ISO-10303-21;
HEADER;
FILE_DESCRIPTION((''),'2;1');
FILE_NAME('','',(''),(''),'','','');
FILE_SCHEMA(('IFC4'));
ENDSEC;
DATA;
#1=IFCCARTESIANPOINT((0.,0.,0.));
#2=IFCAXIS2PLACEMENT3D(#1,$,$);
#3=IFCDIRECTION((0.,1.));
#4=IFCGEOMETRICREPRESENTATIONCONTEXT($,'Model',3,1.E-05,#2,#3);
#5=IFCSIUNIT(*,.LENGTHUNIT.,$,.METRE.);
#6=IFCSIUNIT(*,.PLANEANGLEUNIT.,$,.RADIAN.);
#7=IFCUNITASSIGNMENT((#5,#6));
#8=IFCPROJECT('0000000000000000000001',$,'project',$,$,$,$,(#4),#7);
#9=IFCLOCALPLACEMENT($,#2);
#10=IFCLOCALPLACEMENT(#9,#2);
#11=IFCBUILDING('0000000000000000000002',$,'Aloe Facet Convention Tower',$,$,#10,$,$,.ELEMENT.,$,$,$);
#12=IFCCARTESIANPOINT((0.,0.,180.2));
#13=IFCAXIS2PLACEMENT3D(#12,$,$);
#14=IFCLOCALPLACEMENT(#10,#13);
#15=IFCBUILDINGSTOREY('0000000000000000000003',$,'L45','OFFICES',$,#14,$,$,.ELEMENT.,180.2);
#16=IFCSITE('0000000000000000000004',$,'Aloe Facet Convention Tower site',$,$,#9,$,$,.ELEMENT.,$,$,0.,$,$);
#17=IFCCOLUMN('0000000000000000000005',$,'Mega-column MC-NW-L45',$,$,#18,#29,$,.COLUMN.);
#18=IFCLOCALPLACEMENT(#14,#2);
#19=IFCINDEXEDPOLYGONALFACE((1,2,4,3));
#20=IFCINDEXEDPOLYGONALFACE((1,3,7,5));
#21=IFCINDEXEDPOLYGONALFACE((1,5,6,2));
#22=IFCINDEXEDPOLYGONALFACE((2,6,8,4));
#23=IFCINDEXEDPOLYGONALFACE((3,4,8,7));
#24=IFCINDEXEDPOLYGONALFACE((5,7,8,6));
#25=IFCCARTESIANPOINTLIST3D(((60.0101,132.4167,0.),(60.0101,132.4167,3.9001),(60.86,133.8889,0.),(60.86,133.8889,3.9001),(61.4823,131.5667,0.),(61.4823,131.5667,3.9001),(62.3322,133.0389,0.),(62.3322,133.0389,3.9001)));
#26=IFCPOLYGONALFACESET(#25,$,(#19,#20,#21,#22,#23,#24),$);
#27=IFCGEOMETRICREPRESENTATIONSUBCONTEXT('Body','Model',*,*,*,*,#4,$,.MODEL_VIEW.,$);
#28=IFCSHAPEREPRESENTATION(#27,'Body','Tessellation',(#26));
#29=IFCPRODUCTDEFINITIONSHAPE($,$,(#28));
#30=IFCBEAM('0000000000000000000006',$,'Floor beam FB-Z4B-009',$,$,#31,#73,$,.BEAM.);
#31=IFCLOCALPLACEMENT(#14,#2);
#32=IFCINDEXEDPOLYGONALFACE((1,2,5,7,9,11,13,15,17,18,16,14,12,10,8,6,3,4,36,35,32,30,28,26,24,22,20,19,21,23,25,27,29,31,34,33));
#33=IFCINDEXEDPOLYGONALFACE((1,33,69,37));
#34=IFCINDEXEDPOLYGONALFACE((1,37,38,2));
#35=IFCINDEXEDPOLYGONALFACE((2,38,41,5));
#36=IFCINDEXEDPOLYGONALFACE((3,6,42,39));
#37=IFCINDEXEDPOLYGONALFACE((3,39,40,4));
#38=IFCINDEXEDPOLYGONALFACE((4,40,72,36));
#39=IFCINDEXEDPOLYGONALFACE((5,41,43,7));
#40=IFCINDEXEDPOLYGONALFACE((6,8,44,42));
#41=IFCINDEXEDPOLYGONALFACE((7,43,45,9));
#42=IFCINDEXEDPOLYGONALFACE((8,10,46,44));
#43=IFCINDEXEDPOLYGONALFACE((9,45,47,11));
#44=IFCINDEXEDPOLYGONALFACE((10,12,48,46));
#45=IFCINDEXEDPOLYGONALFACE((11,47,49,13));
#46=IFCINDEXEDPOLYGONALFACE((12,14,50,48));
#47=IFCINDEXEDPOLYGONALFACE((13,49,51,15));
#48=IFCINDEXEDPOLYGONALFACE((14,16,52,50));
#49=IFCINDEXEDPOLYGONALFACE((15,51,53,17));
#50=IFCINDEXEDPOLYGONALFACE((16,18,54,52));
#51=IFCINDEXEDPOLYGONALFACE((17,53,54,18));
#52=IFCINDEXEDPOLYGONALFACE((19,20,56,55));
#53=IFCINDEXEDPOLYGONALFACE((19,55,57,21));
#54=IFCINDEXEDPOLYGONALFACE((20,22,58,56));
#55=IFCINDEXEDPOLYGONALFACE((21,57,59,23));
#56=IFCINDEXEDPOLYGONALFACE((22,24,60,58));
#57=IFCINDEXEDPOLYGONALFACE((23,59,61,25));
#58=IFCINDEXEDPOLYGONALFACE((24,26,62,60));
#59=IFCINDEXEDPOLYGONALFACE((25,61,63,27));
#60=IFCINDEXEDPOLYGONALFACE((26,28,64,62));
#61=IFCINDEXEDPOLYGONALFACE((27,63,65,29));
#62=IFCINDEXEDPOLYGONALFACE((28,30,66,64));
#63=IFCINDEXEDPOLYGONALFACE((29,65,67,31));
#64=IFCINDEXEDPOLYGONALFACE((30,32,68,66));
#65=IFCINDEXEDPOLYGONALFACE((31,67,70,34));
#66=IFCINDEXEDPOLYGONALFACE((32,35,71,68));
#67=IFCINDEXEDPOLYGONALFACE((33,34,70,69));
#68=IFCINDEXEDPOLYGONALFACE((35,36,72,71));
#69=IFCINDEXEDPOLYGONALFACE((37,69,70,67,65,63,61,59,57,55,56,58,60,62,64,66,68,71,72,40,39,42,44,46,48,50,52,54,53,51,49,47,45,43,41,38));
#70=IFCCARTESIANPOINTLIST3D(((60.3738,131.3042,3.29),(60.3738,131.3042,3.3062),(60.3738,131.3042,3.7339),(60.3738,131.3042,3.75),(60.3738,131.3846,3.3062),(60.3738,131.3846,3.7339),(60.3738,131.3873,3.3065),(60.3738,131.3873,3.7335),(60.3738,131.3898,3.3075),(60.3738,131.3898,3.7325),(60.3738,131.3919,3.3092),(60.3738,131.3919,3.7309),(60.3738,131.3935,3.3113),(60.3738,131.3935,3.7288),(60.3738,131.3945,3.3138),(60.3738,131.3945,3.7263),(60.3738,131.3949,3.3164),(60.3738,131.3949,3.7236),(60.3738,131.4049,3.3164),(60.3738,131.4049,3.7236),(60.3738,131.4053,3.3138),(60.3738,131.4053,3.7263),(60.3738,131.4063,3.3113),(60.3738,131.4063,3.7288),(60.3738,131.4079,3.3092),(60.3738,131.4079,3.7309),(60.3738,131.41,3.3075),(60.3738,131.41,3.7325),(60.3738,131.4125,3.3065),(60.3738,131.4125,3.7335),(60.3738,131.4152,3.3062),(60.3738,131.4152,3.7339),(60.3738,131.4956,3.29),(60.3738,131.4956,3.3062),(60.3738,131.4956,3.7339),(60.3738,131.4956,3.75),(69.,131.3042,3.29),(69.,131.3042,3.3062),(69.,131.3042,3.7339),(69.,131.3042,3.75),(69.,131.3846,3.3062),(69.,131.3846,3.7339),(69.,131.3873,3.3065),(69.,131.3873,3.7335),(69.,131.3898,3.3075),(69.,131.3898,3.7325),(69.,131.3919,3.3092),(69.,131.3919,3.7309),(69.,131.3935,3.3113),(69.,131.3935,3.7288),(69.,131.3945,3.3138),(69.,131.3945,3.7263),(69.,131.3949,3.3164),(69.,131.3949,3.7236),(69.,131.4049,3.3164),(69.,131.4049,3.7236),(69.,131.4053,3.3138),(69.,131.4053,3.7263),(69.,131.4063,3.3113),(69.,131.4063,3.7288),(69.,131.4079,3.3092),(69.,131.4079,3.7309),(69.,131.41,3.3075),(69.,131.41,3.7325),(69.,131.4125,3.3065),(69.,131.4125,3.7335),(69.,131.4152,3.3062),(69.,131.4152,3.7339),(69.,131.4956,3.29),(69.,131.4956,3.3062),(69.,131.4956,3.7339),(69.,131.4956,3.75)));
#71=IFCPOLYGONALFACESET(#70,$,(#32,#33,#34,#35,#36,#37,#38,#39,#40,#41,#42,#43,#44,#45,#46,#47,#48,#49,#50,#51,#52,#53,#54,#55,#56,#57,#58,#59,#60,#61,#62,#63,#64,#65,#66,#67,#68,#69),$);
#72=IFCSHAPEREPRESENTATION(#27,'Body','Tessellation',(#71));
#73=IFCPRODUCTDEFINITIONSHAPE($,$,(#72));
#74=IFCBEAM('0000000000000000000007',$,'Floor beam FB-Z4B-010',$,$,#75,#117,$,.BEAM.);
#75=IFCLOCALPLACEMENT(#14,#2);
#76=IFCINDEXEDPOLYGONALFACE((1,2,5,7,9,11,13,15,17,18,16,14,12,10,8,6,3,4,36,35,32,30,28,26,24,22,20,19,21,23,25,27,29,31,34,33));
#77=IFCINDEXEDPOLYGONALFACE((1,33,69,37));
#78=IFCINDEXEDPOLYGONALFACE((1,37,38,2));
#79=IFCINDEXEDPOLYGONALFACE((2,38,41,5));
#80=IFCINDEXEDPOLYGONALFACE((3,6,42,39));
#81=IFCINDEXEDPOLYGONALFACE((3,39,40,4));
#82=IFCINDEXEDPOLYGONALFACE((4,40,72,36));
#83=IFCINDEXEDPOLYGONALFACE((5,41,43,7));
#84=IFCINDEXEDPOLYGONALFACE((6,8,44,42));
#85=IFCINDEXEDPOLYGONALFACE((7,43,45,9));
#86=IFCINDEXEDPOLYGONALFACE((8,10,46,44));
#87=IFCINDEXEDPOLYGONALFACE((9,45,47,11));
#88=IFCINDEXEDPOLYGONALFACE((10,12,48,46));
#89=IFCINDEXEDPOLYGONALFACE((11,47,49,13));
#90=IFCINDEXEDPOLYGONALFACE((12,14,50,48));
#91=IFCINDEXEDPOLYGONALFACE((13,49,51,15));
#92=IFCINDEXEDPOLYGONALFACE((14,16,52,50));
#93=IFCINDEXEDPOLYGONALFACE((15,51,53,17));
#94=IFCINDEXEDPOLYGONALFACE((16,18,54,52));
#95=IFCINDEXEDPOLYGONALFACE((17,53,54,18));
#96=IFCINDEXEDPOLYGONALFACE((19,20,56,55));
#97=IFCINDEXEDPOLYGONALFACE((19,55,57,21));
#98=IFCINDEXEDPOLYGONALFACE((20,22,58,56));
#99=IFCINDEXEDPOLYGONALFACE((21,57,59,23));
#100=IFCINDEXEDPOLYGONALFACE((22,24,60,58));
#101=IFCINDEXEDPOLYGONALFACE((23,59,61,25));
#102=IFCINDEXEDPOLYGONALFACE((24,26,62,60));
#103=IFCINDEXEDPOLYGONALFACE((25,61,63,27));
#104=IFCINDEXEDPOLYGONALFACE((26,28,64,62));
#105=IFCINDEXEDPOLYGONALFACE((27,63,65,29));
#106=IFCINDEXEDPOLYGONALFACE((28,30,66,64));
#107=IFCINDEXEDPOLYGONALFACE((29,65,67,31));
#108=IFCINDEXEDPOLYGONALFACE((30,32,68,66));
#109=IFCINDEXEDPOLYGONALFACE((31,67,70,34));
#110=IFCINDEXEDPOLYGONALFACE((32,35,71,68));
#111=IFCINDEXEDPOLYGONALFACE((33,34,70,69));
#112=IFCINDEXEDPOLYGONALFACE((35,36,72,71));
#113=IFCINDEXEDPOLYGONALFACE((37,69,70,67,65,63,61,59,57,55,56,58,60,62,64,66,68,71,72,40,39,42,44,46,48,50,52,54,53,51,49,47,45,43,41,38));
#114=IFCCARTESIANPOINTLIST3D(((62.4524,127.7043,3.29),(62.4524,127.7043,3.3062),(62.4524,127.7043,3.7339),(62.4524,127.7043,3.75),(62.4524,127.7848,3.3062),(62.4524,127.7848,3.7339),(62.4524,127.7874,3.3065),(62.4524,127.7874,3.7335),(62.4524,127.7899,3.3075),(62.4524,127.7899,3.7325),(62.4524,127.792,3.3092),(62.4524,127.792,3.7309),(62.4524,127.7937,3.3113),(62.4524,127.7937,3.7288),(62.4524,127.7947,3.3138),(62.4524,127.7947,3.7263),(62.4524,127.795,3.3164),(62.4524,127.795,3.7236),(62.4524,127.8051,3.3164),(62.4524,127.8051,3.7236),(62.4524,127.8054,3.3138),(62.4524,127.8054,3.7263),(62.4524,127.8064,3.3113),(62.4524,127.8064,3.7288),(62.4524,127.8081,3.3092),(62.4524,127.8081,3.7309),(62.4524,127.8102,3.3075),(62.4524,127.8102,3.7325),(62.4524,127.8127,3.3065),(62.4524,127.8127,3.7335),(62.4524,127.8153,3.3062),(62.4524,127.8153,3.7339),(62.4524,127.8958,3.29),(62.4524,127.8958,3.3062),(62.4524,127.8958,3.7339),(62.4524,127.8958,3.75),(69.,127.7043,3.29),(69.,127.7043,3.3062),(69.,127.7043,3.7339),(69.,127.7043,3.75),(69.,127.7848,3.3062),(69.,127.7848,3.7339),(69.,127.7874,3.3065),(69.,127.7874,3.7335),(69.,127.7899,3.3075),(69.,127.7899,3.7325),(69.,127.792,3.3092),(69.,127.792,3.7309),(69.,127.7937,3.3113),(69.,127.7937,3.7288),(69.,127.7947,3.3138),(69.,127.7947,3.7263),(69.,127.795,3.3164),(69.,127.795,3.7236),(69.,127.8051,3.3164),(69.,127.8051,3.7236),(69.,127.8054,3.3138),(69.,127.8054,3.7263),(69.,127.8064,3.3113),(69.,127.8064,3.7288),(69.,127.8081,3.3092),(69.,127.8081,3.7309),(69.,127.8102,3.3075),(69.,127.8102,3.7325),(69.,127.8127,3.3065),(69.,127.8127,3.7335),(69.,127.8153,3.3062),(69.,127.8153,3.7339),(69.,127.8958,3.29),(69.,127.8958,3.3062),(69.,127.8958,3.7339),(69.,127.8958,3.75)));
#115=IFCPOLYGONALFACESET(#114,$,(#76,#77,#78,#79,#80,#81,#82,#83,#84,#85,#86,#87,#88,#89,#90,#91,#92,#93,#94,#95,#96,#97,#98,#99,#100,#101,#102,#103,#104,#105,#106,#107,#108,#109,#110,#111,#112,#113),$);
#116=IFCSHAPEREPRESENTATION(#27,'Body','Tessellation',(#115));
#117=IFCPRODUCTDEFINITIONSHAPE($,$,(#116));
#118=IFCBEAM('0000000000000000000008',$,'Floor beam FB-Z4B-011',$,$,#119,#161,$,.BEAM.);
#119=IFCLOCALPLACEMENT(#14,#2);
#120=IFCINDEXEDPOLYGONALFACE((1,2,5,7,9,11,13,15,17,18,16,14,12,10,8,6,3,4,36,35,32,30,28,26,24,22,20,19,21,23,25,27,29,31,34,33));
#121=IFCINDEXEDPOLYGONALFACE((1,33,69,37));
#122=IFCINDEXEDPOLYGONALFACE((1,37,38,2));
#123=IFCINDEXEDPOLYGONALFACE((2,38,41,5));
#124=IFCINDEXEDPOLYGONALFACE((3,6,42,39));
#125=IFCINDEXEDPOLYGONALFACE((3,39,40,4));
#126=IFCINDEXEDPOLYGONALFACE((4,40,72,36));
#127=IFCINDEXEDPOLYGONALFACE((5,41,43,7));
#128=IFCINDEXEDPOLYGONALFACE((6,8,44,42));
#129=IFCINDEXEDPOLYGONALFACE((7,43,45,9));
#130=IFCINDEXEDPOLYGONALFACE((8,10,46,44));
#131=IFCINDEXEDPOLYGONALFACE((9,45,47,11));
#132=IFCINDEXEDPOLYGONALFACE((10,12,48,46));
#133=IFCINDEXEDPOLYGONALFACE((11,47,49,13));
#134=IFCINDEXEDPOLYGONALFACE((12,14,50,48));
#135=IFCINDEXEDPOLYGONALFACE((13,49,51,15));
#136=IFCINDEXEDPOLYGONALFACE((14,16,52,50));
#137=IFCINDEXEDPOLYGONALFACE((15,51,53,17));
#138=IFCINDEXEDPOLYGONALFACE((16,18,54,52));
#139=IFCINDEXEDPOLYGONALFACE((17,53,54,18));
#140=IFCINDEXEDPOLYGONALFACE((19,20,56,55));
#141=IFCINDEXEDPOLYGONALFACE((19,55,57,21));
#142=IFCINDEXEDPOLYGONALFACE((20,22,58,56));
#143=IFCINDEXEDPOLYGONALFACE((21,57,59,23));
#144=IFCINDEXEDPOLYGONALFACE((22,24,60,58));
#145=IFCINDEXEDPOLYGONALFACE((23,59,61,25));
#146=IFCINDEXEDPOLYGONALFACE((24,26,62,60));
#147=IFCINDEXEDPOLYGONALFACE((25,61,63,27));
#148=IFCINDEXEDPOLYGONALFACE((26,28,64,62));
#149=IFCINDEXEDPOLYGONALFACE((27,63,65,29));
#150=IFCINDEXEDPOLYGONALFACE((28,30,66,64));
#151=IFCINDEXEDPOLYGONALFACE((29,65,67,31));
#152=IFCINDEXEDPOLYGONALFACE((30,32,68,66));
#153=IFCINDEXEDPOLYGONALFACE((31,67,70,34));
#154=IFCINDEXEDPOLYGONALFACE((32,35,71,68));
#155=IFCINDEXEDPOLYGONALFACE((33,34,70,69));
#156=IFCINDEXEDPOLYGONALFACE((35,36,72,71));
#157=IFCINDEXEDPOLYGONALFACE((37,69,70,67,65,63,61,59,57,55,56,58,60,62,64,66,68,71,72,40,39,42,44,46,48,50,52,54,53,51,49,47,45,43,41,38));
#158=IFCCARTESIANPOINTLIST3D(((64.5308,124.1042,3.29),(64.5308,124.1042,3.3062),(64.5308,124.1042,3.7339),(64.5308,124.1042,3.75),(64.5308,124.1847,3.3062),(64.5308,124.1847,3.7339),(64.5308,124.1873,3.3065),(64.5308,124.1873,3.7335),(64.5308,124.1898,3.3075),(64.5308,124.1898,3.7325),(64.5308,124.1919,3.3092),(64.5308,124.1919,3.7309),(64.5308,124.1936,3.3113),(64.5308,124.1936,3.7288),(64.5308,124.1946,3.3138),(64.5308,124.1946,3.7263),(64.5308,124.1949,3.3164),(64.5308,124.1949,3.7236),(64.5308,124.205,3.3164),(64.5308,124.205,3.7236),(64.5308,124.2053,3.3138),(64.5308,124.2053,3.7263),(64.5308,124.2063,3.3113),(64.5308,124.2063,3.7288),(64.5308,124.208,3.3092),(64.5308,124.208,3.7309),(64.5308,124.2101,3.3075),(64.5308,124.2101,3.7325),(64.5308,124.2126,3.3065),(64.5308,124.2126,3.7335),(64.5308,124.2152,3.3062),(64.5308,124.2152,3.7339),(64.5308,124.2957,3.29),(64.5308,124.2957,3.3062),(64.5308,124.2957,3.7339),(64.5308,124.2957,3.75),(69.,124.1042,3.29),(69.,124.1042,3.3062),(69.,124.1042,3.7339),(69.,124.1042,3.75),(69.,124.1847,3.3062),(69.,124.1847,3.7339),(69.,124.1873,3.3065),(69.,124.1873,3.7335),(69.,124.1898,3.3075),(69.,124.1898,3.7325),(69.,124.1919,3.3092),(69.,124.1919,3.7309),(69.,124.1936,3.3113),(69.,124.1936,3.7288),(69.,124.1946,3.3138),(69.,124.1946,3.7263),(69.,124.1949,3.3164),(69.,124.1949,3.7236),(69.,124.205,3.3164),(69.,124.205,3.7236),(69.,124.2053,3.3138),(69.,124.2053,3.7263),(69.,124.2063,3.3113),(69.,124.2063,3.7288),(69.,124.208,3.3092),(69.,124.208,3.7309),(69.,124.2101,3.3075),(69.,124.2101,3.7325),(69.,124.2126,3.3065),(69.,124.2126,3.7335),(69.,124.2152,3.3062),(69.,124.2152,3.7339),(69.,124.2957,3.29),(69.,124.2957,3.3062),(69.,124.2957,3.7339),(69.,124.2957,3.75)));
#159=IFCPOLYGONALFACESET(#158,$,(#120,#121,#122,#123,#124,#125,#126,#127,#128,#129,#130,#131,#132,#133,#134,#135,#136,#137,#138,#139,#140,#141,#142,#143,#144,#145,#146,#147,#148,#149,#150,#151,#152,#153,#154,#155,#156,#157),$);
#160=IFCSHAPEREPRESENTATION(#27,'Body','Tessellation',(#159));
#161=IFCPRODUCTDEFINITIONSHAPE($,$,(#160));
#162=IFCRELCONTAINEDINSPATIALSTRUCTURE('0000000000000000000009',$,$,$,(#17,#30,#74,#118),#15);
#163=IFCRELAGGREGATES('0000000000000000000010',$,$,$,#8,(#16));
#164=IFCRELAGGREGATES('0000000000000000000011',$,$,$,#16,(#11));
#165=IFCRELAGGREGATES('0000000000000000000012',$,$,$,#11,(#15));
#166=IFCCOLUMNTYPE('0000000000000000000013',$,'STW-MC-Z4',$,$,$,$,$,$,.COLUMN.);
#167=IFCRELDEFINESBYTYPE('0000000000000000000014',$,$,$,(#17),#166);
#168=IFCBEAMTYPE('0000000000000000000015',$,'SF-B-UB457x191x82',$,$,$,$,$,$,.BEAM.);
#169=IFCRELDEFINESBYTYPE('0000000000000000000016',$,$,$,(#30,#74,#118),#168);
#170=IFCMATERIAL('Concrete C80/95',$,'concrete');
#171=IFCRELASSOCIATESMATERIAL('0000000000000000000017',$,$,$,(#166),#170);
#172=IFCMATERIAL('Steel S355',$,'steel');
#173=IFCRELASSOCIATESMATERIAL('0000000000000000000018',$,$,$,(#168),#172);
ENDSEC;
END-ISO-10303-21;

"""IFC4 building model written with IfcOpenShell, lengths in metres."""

from ifc_helpers import new_model, si_unit, direction, frame, origin, origin_2d, place, context, subcontext, project, spatial, rectangle, i_section, extrude, material, material_profile, profile_set, type_object, element, save


model = new_model("IFC4")

# Units and contexts
model_context = context("Model", 3, precision=1e-05, world=origin(), true_north=direction((0.0, 1.0)))
body_context = subcontext(model_context, "Body", "Model", "MODEL_VIEW")
ifc_project = project(units=[si_unit("LENGTHUNIT", "METRE"), si_unit("PLANEANGLEUNIT", "RADIAN")], contexts=[model_context])

# Site, building, storey
site_placement = place(None, origin())
site = spatial("IfcSite", under=ifc_project, at=site_placement, Name="Aloe Facet Convention Tower site", CompositionType="ELEMENT", RefElevation=0.0)
building_placement = place(site_placement, origin())
building = spatial("IfcBuilding", under=site, at=building_placement, Name="Aloe Facet Convention Tower", CompositionType="ELEMENT")
storey_placement = place(building_placement, frame((0.0, 0.0, 180.2)))
storey = spatial("IfcBuildingStorey", under=building, at=storey_placement, Name="L45", Description="OFFICES", CompositionType="ELEMENT", Elevation=180.2)

# Column
ifc_material_1 = material(Name="Concrete C80/95", Category="concrete")
ifc_material_profile_1 = material_profile(ifc_material_1, rectangle(XDim=1.7, YDim=1.7, at=origin_2d()), Name="STW-MC-Z4")
ifc_profile_set_1 = profile_set([ifc_material_profile_1], Name="Concrete C80/95")
column_type = type_object("IfcColumnType", Name="STW-MC-Z4", PredefinedType="COLUMN", material=ifc_profile_set_1)
column_placement = place(storey_placement, frame((61.1711, 132.7278, 0.0), z_axis=(0.0, 0.0, 1.0), x_axis=(-0.5, -0.866025, 0.0)))
element("IfcColumn", 1, at=column_placement, inside=storey, type_object=column_type, Name="Mega-column MC-NW-L45", PredefinedType="COLUMN", context=body_context, shape_type="SweptSolid", body=[
    extrude(rectangle(XDim=1.7, YDim=1.7, at=origin_2d()), origin(), (0.0, 0.0, 1.0), 3.9001),
])

# Beams
ifc_material_2 = material(Name="Steel S355", Category="steel")
ifc_material_profile_2 = material_profile(ifc_material_2, i_section(OverallWidth=0.1914, OverallDepth=0.46, WebThickness=0.01, FlangeThickness=0.0161, FilletRadius=0.0103, at=origin_2d()), Name="UB 457x191x82")
ifc_profile_set_2 = profile_set([ifc_material_profile_2], Name="Steel S355")
beam_type_1 = type_object("IfcBeamType", Name="SF-B-UB457x191x82", PredefinedType="BEAM", material=ifc_profile_set_2)
beam_1_placement = place(storey_placement, frame((60.3738, 131.3999, 3.52), z_axis=(1.0, 0.0, 0.0), x_axis=(0.0, 1.0, 0.0)))
element("IfcBeam", 2, at=beam_1_placement, inside=storey, type_object=beam_type_1, Name="Floor beam FB-Z4B-009", PredefinedType="BEAM", context=body_context, shape_type="SweptSolid", body=[
    extrude(i_section(OverallWidth=0.1914, OverallDepth=0.46, WebThickness=0.01, FlangeThickness=0.0161, FilletRadius=0.0103, at=origin_2d()), origin(), (0.0, 0.0, 1.0), 8.6262),
])
beam_2_placement = place(storey_placement, frame((62.4524, 127.8, 3.52), z_axis=(1.0, 0.0, 0.0), x_axis=(0.0, 1.0, 0.0)))
element("IfcBeam", 3, at=beam_2_placement, inside=storey, type_object=beam_type_1, Name="Floor beam FB-Z4B-010", PredefinedType="BEAM", context=body_context, shape_type="SweptSolid", body=[
    extrude(i_section(OverallWidth=0.1914, OverallDepth=0.46, WebThickness=0.01, FlangeThickness=0.0161, FilletRadius=0.0103, at=origin_2d()), origin(), (0.0, 0.0, 1.0), 6.5476),
])
beam_3_placement = place(storey_placement, frame((64.5308, 124.2, 3.52), z_axis=(1.0, 0.0, 0.0), x_axis=(0.0, 1.0, 0.0)))
element("IfcBeam", 4, at=beam_3_placement, inside=storey, type_object=beam_type_1, Name="Floor beam FB-Z4B-011", PredefinedType="BEAM", context=body_context, shape_type="SweptSolid", body=[
    extrude(i_section(OverallWidth=0.1914, OverallDepth=0.46, WebThickness=0.01, FlangeThickness=0.0161, FilletRadius=0.0103, at=origin_2d()), origin(), (0.0, 0.0, 1.0), 4.4692),
])

save(model, "model.ifc")
